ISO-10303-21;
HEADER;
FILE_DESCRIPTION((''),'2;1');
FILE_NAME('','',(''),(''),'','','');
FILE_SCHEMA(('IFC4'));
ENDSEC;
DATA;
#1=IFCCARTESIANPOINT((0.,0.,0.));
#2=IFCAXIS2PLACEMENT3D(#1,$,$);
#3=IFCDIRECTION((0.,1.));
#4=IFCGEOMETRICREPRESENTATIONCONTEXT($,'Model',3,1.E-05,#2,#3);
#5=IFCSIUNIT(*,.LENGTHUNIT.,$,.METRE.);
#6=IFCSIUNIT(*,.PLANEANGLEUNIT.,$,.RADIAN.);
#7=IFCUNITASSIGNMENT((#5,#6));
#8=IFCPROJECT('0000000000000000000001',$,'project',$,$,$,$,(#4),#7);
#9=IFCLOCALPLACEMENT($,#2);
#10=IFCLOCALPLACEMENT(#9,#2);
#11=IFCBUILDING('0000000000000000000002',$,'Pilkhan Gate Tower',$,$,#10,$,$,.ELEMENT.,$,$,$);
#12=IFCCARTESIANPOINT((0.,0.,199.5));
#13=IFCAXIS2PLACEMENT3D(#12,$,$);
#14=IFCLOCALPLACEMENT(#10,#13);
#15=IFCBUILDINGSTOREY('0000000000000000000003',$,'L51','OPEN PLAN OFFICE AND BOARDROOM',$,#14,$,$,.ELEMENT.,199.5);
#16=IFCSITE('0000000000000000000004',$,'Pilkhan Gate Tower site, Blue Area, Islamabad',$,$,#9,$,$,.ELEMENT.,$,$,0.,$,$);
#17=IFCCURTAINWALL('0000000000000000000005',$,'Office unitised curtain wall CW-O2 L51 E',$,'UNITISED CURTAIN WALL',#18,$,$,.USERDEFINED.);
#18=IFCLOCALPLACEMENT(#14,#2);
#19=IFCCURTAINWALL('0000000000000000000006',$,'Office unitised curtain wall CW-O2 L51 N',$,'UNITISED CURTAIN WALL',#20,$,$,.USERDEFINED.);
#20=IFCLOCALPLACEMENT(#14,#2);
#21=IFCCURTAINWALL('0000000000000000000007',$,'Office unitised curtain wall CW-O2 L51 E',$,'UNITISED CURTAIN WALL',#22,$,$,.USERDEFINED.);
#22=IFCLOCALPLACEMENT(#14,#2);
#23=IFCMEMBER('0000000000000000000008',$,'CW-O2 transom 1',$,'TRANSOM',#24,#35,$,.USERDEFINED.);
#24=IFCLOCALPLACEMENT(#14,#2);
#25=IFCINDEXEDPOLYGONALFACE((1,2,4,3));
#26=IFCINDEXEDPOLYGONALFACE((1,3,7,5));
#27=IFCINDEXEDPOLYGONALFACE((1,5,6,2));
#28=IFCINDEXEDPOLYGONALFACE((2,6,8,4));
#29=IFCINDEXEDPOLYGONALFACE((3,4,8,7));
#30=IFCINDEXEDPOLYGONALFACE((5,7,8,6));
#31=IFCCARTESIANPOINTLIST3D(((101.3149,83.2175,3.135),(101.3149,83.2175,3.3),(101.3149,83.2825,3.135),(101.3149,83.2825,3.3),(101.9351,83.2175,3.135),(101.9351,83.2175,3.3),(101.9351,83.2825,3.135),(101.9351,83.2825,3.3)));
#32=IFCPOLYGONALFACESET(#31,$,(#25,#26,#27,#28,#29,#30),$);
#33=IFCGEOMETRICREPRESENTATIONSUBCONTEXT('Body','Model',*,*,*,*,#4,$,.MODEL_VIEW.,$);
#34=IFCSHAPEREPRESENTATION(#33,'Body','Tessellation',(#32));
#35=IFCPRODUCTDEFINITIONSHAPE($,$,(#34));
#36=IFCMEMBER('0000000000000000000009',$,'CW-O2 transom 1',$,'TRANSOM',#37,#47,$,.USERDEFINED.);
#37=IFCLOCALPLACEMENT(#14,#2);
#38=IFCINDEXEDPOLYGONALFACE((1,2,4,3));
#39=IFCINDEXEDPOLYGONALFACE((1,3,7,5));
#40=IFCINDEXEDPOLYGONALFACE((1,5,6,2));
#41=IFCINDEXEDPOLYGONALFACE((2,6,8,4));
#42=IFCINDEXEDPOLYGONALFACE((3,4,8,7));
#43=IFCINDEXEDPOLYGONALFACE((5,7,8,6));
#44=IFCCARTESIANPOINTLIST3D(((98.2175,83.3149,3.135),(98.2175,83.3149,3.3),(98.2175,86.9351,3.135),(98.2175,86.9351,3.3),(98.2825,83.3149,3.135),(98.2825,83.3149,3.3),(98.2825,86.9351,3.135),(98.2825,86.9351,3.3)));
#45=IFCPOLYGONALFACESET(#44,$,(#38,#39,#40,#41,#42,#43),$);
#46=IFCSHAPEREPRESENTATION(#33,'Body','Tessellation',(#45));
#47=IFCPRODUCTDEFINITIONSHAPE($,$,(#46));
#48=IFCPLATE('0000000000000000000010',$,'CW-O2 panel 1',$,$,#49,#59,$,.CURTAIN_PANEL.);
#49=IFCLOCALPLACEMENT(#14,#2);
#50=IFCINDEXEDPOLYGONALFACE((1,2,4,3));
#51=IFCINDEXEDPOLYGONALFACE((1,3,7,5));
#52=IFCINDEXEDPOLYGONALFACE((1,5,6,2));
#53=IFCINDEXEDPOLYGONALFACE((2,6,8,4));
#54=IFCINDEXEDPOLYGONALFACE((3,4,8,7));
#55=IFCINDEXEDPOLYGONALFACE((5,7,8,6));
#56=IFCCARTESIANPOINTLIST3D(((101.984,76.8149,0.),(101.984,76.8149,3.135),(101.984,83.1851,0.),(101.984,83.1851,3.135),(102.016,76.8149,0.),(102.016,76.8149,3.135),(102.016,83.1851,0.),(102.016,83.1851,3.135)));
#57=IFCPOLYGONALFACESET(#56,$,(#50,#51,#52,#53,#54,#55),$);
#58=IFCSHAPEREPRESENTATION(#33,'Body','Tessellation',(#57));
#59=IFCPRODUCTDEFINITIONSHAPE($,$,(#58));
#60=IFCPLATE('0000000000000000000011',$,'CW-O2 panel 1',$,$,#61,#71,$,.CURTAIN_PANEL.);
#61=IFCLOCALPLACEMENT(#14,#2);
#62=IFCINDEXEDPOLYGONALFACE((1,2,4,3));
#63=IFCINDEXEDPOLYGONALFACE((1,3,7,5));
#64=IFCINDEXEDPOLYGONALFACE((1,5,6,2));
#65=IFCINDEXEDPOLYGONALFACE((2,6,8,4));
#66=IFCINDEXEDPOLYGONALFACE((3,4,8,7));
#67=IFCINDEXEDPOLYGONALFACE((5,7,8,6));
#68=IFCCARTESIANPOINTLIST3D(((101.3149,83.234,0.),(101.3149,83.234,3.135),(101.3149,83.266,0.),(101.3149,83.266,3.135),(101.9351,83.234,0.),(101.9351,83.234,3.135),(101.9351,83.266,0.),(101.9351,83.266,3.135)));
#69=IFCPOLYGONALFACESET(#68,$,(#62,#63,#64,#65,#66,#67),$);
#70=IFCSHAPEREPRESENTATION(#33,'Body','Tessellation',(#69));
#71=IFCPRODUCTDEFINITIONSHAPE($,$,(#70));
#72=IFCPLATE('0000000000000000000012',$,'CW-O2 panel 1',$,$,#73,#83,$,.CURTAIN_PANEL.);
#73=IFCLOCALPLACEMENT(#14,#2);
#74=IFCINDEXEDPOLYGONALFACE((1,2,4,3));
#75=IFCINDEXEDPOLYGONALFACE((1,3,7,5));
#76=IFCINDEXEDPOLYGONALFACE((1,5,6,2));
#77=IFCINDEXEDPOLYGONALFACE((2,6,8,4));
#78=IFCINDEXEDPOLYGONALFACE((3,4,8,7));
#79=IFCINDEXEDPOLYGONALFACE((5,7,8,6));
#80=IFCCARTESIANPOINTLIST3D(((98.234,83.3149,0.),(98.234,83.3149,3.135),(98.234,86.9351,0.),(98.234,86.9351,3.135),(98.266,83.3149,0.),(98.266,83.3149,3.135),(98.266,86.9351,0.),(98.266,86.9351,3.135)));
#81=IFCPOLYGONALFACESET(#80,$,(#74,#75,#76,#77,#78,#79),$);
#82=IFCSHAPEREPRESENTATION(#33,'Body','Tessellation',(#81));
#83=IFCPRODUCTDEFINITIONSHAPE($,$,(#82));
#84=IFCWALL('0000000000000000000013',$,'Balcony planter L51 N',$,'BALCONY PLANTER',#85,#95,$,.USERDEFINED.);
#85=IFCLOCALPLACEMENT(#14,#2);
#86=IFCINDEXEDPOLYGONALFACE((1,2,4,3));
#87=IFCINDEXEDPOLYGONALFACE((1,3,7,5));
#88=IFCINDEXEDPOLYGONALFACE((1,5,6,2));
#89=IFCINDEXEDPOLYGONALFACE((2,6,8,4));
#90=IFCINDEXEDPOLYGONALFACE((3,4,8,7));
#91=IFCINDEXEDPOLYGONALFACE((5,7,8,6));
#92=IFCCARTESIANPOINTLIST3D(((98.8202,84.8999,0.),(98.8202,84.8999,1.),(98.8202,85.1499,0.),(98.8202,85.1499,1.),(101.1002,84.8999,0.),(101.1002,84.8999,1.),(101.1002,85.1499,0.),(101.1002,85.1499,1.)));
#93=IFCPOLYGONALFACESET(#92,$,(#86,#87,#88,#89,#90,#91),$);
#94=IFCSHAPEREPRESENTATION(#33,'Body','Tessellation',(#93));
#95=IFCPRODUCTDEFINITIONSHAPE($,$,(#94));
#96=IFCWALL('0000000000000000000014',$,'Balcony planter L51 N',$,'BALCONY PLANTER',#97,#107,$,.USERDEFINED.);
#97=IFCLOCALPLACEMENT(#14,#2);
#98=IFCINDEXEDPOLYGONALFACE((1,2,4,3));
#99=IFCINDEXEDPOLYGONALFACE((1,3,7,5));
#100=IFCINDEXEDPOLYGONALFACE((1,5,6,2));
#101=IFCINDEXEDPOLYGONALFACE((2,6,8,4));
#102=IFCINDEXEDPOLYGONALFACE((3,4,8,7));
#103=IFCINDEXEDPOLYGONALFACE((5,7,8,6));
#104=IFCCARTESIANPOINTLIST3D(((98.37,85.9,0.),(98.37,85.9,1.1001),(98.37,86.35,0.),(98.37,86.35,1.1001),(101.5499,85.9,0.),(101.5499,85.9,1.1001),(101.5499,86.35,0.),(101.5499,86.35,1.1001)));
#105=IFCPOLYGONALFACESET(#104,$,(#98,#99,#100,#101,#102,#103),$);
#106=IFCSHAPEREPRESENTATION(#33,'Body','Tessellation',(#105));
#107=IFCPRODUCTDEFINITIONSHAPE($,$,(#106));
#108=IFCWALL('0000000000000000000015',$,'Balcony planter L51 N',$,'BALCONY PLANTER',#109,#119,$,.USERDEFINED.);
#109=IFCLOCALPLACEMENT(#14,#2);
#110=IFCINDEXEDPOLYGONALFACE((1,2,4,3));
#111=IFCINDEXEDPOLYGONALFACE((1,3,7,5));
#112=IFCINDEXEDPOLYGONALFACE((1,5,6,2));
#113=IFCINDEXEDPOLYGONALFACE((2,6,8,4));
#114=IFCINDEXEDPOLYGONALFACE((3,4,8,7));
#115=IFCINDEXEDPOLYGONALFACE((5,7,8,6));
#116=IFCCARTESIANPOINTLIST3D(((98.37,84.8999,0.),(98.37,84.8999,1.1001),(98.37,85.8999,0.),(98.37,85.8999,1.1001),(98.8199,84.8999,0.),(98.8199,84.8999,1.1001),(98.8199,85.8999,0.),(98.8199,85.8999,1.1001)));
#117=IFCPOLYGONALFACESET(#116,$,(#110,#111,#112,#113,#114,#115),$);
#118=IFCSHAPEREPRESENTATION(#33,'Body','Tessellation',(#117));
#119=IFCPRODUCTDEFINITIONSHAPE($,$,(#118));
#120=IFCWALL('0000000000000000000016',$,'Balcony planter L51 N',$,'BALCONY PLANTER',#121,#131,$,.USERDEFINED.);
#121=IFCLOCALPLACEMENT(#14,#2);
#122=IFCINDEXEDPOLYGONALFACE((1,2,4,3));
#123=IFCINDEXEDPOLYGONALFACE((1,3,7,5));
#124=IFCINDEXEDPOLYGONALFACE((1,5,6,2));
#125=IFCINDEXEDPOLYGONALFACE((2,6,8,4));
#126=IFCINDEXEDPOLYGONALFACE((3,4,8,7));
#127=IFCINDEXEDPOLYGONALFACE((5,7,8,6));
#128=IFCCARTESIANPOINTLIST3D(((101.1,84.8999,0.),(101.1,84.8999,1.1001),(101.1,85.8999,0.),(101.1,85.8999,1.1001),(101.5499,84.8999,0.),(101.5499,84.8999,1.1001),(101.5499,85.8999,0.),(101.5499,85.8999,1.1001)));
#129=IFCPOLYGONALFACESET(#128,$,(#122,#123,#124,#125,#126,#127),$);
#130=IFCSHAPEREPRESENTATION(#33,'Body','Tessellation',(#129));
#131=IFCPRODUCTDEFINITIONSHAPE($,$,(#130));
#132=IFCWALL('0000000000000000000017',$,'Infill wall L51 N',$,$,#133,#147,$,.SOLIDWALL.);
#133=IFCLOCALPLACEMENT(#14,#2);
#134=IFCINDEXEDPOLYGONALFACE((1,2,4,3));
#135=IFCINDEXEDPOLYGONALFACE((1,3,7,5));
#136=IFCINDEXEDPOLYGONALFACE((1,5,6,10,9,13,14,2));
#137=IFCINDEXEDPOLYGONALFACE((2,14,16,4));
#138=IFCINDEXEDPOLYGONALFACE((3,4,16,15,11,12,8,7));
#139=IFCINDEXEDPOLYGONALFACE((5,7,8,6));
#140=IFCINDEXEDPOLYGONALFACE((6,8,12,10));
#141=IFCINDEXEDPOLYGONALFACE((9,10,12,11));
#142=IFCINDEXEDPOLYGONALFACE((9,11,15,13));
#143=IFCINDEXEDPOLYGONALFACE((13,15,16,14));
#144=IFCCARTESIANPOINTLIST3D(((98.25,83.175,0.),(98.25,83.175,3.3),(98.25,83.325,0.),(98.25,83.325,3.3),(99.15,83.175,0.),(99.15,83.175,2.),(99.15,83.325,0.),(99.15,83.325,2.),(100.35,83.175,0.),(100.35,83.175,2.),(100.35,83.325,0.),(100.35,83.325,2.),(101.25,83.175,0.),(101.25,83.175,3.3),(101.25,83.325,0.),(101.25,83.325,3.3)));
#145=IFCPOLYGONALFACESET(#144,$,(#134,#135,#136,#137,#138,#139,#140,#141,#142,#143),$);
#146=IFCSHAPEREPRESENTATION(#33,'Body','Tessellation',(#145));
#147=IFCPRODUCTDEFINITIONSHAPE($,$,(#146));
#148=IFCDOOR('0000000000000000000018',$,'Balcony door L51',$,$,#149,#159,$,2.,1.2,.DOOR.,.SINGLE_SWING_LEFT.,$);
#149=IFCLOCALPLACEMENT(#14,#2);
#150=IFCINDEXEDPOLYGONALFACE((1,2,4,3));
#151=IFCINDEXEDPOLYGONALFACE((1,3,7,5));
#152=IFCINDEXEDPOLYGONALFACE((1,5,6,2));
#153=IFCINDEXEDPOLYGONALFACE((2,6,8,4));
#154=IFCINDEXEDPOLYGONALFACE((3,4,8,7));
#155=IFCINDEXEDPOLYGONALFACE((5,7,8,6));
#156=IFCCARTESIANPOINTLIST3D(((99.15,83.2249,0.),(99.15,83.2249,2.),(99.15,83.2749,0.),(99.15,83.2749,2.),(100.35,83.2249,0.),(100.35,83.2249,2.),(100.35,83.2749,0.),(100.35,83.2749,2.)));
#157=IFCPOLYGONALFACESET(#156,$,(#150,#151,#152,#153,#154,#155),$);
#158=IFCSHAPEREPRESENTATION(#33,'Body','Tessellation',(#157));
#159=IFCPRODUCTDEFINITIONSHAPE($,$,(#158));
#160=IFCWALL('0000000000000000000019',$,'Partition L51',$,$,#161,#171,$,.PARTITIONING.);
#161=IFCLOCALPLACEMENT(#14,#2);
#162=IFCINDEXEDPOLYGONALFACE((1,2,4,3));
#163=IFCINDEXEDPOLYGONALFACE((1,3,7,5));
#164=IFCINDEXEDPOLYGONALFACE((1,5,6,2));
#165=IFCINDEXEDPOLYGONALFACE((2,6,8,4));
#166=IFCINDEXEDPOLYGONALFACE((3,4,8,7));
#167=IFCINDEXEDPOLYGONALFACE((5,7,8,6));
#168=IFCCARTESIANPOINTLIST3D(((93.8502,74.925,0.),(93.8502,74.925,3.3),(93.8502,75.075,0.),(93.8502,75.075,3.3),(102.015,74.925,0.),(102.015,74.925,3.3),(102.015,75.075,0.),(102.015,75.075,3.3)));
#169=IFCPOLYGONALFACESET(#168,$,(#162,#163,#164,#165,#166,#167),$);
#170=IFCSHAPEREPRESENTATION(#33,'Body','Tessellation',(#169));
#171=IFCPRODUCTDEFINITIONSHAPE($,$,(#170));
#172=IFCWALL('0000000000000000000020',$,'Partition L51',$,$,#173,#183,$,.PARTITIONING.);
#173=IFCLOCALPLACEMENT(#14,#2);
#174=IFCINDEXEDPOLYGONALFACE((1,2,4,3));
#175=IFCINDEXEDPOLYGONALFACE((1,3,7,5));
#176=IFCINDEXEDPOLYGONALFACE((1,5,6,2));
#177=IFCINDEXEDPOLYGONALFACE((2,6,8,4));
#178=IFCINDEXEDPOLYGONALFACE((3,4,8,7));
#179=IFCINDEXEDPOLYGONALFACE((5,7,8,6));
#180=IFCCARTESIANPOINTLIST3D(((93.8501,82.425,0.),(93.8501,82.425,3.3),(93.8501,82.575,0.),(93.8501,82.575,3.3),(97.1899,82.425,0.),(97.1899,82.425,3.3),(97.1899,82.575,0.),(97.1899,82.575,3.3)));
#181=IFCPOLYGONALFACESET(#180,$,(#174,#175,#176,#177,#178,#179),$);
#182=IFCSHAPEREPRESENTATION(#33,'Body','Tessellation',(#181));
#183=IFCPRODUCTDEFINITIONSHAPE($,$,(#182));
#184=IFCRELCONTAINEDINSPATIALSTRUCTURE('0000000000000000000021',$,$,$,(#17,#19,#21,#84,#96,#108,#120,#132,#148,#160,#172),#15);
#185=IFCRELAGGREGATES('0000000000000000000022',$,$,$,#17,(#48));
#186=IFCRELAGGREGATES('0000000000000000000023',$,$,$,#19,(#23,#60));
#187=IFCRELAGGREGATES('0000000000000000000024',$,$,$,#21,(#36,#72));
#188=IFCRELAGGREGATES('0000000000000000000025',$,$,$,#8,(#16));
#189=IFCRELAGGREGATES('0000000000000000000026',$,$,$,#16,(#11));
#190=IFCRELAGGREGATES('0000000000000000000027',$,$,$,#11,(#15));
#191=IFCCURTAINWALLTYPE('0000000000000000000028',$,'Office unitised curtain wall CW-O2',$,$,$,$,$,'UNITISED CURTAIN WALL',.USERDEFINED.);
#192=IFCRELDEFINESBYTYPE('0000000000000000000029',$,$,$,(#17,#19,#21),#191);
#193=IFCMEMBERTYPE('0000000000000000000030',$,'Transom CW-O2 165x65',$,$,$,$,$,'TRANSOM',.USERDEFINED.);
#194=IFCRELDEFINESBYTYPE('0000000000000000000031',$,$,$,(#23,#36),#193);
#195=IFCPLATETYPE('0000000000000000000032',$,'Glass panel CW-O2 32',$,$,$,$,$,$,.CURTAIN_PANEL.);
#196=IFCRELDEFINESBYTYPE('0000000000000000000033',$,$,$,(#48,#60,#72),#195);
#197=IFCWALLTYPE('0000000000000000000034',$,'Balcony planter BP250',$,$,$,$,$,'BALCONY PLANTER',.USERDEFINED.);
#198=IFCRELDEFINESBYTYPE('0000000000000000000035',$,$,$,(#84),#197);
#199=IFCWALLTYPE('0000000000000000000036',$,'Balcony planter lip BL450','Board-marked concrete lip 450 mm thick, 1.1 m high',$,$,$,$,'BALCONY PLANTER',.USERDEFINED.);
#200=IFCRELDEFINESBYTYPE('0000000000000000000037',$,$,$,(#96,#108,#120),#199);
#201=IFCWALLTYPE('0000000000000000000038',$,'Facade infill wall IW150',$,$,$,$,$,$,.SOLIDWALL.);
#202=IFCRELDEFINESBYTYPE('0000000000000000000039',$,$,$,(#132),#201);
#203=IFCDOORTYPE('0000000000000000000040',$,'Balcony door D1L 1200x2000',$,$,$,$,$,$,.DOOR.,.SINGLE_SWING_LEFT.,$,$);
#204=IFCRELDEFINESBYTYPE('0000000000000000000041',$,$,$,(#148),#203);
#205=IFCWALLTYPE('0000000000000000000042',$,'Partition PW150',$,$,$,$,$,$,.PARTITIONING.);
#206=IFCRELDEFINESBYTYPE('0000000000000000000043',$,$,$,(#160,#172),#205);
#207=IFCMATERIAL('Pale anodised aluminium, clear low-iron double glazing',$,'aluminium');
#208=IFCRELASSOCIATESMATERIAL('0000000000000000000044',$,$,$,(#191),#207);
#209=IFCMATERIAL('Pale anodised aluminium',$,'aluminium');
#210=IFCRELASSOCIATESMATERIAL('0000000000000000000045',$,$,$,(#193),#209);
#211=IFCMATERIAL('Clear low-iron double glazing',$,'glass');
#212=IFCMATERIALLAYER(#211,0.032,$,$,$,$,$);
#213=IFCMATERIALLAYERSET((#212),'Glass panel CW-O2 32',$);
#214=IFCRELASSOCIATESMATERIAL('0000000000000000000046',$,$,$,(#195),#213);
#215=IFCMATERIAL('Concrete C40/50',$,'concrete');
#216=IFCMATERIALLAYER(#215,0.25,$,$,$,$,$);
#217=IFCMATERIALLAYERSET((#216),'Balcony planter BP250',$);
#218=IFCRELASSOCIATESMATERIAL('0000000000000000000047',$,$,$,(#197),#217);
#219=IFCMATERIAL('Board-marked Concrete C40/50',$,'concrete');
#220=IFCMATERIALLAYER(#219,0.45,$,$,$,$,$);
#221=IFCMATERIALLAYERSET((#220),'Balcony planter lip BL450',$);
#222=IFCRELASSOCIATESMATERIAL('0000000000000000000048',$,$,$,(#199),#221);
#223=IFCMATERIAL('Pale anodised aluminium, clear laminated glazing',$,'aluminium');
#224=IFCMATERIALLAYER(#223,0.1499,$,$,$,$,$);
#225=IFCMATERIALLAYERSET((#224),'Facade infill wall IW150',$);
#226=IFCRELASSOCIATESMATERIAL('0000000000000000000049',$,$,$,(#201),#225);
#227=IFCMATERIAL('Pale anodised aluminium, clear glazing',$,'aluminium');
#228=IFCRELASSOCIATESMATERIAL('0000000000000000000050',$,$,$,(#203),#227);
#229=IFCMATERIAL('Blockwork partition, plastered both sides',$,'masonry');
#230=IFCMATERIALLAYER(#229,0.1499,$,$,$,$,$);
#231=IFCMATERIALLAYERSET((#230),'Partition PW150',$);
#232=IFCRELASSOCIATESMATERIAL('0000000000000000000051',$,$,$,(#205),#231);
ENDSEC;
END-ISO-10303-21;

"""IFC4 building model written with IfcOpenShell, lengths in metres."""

from ifc_helpers import new_model, si_unit, direction, frame, frame_2d, origin, origin_2d, place, context, subcontext, project, spatial, rectangle, extrude, material, layer, layer_set, material_profile, profile_set, type_object, element, fill, aggregate, save


model = new_model("IFC4")

# Units and contexts
model_context = context("Model", 3, precision=1e-05, world=origin(), true_north=direction((0.0, 1.0)))
body_context = subcontext(model_context, "Body", "Model", "MODEL_VIEW")
ifc_project = project(units=[si_unit("LENGTHUNIT", "METRE"), si_unit("PLANEANGLEUNIT", "RADIAN")], contexts=[model_context])

# Site, building, storey
site_placement = place(None, origin())
site = spatial("IfcSite", under=ifc_project, at=site_placement, Name="Pilkhan Gate Tower site, Blue Area, Islamabad", CompositionType="ELEMENT", RefElevation=0.0)
building_placement = place(site_placement, origin())
building = spatial("IfcBuilding", under=site, at=building_placement, Name="Pilkhan Gate Tower", CompositionType="ELEMENT")
storey_placement = place(building_placement, frame((0.0, 0.0, 199.5)))
storey = spatial("IfcBuildingStorey", under=building, at=storey_placement, Name="L51", Description="OPEN PLAN OFFICE AND BOARDROOM", CompositionType="ELEMENT", Elevation=199.5)

# Shared definitions
ifc_material_1 = material(Name="Pale anodised aluminium, clear low-iron double glazing", Category="aluminium")
curtain_wall_type = type_object("IfcCurtainWallType", Name="Office unitised curtain wall CW-O2", ElementType="UNITISED CURTAIN WALL", PredefinedType="USERDEFINED", material=ifc_material_1)
ifc_material_2 = material(Name="Pale anodised aluminium", Category="aluminium")

# Curtain walls
curtain_wall_1_placement = place(storey_placement, origin())
curtain_wall_1 = element("IfcCurtainWall", 1, at=curtain_wall_1_placement, inside=storey, type_object=curtain_wall_type, Name="Office unitised curtain wall CW-O2 L51 E", ObjectType="UNITISED CURTAIN WALL", PredefinedType="USERDEFINED")
curtain_wall_2_placement = place(storey_placement, origin())
curtain_wall_2 = element("IfcCurtainWall", 2, at=curtain_wall_2_placement, inside=storey, type_object=curtain_wall_type, Name="Office unitised curtain wall CW-O2 L51 N", ObjectType="UNITISED CURTAIN WALL", PredefinedType="USERDEFINED")

# Curtain wall
curtain_wall_3_placement = place(storey_placement, origin())
curtain_wall_3 = element("IfcCurtainWall", 3, at=curtain_wall_3_placement, inside=storey, type_object=curtain_wall_type, Name="Office unitised curtain wall CW-O2 L51 E", ObjectType="UNITISED CURTAIN WALL", PredefinedType="USERDEFINED")

# Members
ifc_material_profile_1 = material_profile(ifc_material_2, rectangle(XDim=0.0649, YDim=0.165, at=origin_2d()), Name="Transom 165x65")
ifc_profile_set_1 = profile_set([ifc_material_profile_1], Name="Pale anodised aluminium")
member_type_1 = type_object("IfcMemberType", Name="Transom CW-O2 165x65", ElementType="TRANSOM", PredefinedType="USERDEFINED", material=ifc_profile_set_1)
member_1_placement = place(storey_placement, frame((101.3149, 83.25, 3.2175), z_axis=(1.0, 0.0, 0.0), x_axis=(0.0, 1.0, 0.0)))
member_1 = element("IfcMember", 4, at=member_1_placement, type_object=member_type_1, Name="CW-O2 transom 1", ObjectType="TRANSOM", PredefinedType="USERDEFINED", context=body_context, shape_type="SweptSolid", body=[
    extrude(rectangle(XDim=0.0649, YDim=0.165, at=origin_2d()), origin(), (0.0, 0.0, 1.0), 0.6201),
])
member_2_placement = place(storey_placement, frame((98.25, 83.3149, 3.2175), z_axis=(0.0, 1.0, 0.0), x_axis=(-1.0, 0.0, 0.0)))
member_2 = element("IfcMember", 5, at=member_2_placement, type_object=member_type_1, Name="CW-O2 transom 1", ObjectType="TRANSOM", PredefinedType="USERDEFINED", context=body_context, shape_type="SweptSolid", body=[
    extrude(rectangle(XDim=0.0649, YDim=0.165, at=origin_2d()), origin(), (0.0, 0.0, 1.0), 3.6201),
])

# Plates
ifc_material_3 = material(Name="Clear low-iron double glazing", Category="glass")
ifc_layer_1 = layer(ifc_material_3, 0.032)
ifc_layer_set_1 = layer_set([ifc_layer_1], Name="Glass panel CW-O2 32")
plate_type = type_object("IfcPlateType", Name="Glass panel CW-O2 32", PredefinedType="CURTAIN_PANEL", material=ifc_layer_set_1)
plate_1_placement = place(storey_placement, frame((102.0, 80.0, 0.0), z_axis=(0.0, 0.0, 1.0), x_axis=(0.0, 1.0, 0.0)))
plate_1 = element("IfcPlate", 6, at=plate_1_placement, type_object=plate_type, Name="CW-O2 panel 1", PredefinedType="CURTAIN_PANEL", context=body_context, shape_type="SweptSolid", body=[
    extrude(rectangle(XDim=6.3701, YDim=0.032, at=origin_2d()), origin(), (0.0, 0.0, 1.0), 3.135),
])
aggregate(curtain_wall_1, [plate_1])
plate_2_placement = place(storey_placement, frame((101.625, 83.25, 0.0), z_axis=(0.0, 0.0, 1.0), x_axis=(1.0, 0.0, 0.0)))
plate_2 = element("IfcPlate", 7, at=plate_2_placement, type_object=plate_type, Name="CW-O2 panel 1", PredefinedType="CURTAIN_PANEL", context=body_context, shape_type="SweptSolid", body=[
    extrude(rectangle(XDim=0.6201, YDim=0.032, at=origin_2d()), origin(), (0.0, 0.0, 1.0), 3.135),
])
aggregate(curtain_wall_2, [member_1, plate_2])
plate_3_placement = place(storey_placement, frame((98.25, 85.125, 0.0), z_axis=(0.0, 0.0, 1.0), x_axis=(0.0, 1.0, 0.0)))
plate_3 = element("IfcPlate", 8, at=plate_3_placement, type_object=plate_type, Name="CW-O2 panel 1", PredefinedType="CURTAIN_PANEL", context=body_context, shape_type="SweptSolid", body=[
    extrude(rectangle(XDim=3.6201, YDim=0.032, at=origin_2d()), origin(), (0.0, 0.0, 1.0), 3.135),
])
aggregate(curtain_wall_3, [member_2, plate_3])

# Walls
ifc_material_4 = material(Name="Concrete C40/50", Category="concrete")
ifc_layer_2 = layer(ifc_material_4, 0.25)
ifc_layer_set_2 = layer_set([ifc_layer_2], Name="Balcony planter BP250")
wall_type_1 = type_object("IfcWallType", Name="Balcony planter BP250", ElementType="BALCONY PLANTER", PredefinedType="USERDEFINED", material=ifc_layer_set_2)
wall_1_placement = place(storey_placement, frame((98.8201, 85.0249, 0.0), z_axis=(0.0, 0.0, 1.0), x_axis=(1.0, 0.0, 0.0)))
element("IfcWall", 9, at=wall_1_placement, inside=storey, type_object=wall_type_1, Name="Balcony planter L51 N", ObjectType="BALCONY PLANTER", PredefinedType="USERDEFINED", context=body_context, shape_type="SweptSolid", body=[
    extrude(rectangle(XDim=2.28, YDim=0.25, at=frame_2d((1.1401, 0.0))), origin(), (0.0, 0.0, 1.0), 1.0),
])
ifc_material_5 = material(Name="Board-marked Concrete C40/50", Category="concrete")
ifc_layer_3 = layer(ifc_material_5, 0.45)
ifc_layer_set_3 = layer_set([ifc_layer_3], Name="Balcony planter lip BL450")
wall_type_2 = type_object("IfcWallType", Name="Balcony planter lip BL450", Description="Board-marked concrete lip 450 mm thick, 1.1 m high", ElementType="BALCONY PLANTER", PredefinedType="USERDEFINED", material=ifc_layer_set_3)
wall_2_placement = place(storey_placement, frame((98.3701, 86.125, 0.0), z_axis=(0.0, 0.0, 1.0), x_axis=(1.0, 0.0, 0.0)))
element("IfcWall", 10, at=wall_2_placement, inside=storey, type_object=wall_type_2, Name="Balcony planter L51 N", ObjectType="BALCONY PLANTER", PredefinedType="USERDEFINED", context=body_context, shape_type="SweptSolid", body=[
    extrude(rectangle(XDim=3.1799, YDim=0.45, at=frame_2d((1.5898, 0.0))), origin(), (0.0, 0.0, 1.0), 1.1001),
])
for number, where, z_axis, x_axis, name in (
    (11, (98.595, 84.8999, 0.0), (0.0, 0.0, 1.0), (0.0, 1.0, 0.0), "Balcony planter L51 N"),
    (12, (101.325, 84.8999, 0.0), (0.0, 0.0, 1.0), (0.0, 1.0, 0.0), "Balcony planter L51 N"),
):
    element("IfcWall", number, at=place(storey_placement, frame(where, z_axis=z_axis, x_axis=x_axis)), inside=storey, type_object=wall_type_2, Name=name, ObjectType="BALCONY PLANTER", PredefinedType="USERDEFINED", context=body_context, shape_type="SweptSolid", body=[
        extrude(rectangle(XDim=1.0, YDim=0.45, at=frame_2d((0.5, 0.0))), origin(), (0.0, 0.0, 1.0), 1.1001),
    ])

# Wall, opening, door
ifc_material_6 = material(Name="Pale anodised aluminium, clear laminated glazing", Category="aluminium")
ifc_layer_4 = layer(ifc_material_6, 0.1499)
ifc_layer_set_4 = layer_set([ifc_layer_4], Name="Facade infill wall IW150")
wall_type_3 = type_object("IfcWallType", Name="Facade infill wall IW150", PredefinedType="SOLIDWALL", material=ifc_layer_set_4)
wall_3_placement = place(storey_placement, frame((98.25, 83.25, 0.0), z_axis=(0.0, 0.0, 1.0), x_axis=(1.0, 0.0, 0.0)))
wall_3 = element("IfcWall", 13, at=wall_3_placement, inside=storey, type_object=wall_type_3, Name="Infill wall L51 N", PredefinedType="SOLIDWALL", context=body_context, shape_type="SweptSolid", body=[
    extrude(rectangle(XDim=3.0, YDim=0.1499, at=frame_2d((1.5, 0.0))), origin(), (0.0, 0.0, 1.0), 3.3),
])
opening_placement = place(wall_3_placement, frame((0.8999, 0.0, 0.0)))
opening = element("IfcOpeningElement", 14, at=opening_placement, cuts=wall_3, PredefinedType="OPENING", context=body_context, shape_type="SweptSolid", body=[
    extrude(rectangle(XDim=1.2, YDim=2.0, at=frame_2d((0.6001, 1.0))), frame((0.0, 0.085, 0.0), z_axis=(0.0, -1.0, 0.0), x_axis=(1.0, 0.0, 0.0)), (0.0, 0.0, 1.0), 0.1699),
])
ifc_material_7 = material(Name="Pale anodised aluminium, clear glazing", Category="aluminium")
door_type = type_object("IfcDoorType", Name="Balcony door D1L 1200x2000", OperationType="SINGLE_SWING_LEFT", PredefinedType="DOOR", material=ifc_material_7)
door_placement = place(opening_placement, origin())
door = element("IfcDoor", 15, at=door_placement, inside=storey, type_object=door_type, Name="Balcony door L51", OperationType="SINGLE_SWING_LEFT", OverallHeight=2.0, OverallWidth=1.2, PredefinedType="DOOR", context=body_context, shape_type="SweptSolid", body=[
    extrude(rectangle(XDim=1.2, YDim=2.0, at=frame_2d((0.6001, 1.0))), frame((0.0, 0.0249, 0.0), z_axis=(0.0, -1.0, 0.0), x_axis=(1.0, 0.0, 0.0)), (0.0, 0.0, 1.0), 0.05),
])
fill(opening, door)

# Walls
ifc_material_8 = material(Name="Blockwork partition, plastered both sides", Category="masonry")
ifc_layer_5 = layer(ifc_material_8, 0.1499)
ifc_layer_set_5 = layer_set([ifc_layer_5], Name="Partition PW150")
wall_type_4 = type_object("IfcWallType", Name="Partition PW150", PredefinedType="PARTITIONING", material=ifc_layer_set_5)
wall_4_placement = place(storey_placement, frame((93.8501, 75.0, 0.0), z_axis=(0.0, 0.0, 1.0), x_axis=(1.0, 0.0, 0.0)))
element("IfcWall", 16, at=wall_4_placement, inside=storey, type_object=wall_type_4, Name="Partition L51", PredefinedType="PARTITIONING", context=body_context, shape_type="SweptSolid", body=[
    extrude(rectangle(XDim=8.1648, YDim=0.1499, at=frame_2d((4.0825, 0.0))), origin(), (0.0, 0.0, 1.0), 3.3),
])
wall_5_placement = place(storey_placement, frame((93.8501, 82.5, 0.0), z_axis=(0.0, 0.0, 1.0), x_axis=(1.0, 0.0, 0.0)))
element("IfcWall", 17, at=wall_5_placement, inside=storey, type_object=wall_type_4, Name="Partition L51", PredefinedType="PARTITIONING", context=body_context, shape_type="SweptSolid", body=[
    extrude(rectangle(XDim=3.3398, YDim=0.1499, at=frame_2d((1.6699, 0.0))), origin(), (0.0, 0.0, 1.0), 3.3),
])

save(model, "model.ifc")
